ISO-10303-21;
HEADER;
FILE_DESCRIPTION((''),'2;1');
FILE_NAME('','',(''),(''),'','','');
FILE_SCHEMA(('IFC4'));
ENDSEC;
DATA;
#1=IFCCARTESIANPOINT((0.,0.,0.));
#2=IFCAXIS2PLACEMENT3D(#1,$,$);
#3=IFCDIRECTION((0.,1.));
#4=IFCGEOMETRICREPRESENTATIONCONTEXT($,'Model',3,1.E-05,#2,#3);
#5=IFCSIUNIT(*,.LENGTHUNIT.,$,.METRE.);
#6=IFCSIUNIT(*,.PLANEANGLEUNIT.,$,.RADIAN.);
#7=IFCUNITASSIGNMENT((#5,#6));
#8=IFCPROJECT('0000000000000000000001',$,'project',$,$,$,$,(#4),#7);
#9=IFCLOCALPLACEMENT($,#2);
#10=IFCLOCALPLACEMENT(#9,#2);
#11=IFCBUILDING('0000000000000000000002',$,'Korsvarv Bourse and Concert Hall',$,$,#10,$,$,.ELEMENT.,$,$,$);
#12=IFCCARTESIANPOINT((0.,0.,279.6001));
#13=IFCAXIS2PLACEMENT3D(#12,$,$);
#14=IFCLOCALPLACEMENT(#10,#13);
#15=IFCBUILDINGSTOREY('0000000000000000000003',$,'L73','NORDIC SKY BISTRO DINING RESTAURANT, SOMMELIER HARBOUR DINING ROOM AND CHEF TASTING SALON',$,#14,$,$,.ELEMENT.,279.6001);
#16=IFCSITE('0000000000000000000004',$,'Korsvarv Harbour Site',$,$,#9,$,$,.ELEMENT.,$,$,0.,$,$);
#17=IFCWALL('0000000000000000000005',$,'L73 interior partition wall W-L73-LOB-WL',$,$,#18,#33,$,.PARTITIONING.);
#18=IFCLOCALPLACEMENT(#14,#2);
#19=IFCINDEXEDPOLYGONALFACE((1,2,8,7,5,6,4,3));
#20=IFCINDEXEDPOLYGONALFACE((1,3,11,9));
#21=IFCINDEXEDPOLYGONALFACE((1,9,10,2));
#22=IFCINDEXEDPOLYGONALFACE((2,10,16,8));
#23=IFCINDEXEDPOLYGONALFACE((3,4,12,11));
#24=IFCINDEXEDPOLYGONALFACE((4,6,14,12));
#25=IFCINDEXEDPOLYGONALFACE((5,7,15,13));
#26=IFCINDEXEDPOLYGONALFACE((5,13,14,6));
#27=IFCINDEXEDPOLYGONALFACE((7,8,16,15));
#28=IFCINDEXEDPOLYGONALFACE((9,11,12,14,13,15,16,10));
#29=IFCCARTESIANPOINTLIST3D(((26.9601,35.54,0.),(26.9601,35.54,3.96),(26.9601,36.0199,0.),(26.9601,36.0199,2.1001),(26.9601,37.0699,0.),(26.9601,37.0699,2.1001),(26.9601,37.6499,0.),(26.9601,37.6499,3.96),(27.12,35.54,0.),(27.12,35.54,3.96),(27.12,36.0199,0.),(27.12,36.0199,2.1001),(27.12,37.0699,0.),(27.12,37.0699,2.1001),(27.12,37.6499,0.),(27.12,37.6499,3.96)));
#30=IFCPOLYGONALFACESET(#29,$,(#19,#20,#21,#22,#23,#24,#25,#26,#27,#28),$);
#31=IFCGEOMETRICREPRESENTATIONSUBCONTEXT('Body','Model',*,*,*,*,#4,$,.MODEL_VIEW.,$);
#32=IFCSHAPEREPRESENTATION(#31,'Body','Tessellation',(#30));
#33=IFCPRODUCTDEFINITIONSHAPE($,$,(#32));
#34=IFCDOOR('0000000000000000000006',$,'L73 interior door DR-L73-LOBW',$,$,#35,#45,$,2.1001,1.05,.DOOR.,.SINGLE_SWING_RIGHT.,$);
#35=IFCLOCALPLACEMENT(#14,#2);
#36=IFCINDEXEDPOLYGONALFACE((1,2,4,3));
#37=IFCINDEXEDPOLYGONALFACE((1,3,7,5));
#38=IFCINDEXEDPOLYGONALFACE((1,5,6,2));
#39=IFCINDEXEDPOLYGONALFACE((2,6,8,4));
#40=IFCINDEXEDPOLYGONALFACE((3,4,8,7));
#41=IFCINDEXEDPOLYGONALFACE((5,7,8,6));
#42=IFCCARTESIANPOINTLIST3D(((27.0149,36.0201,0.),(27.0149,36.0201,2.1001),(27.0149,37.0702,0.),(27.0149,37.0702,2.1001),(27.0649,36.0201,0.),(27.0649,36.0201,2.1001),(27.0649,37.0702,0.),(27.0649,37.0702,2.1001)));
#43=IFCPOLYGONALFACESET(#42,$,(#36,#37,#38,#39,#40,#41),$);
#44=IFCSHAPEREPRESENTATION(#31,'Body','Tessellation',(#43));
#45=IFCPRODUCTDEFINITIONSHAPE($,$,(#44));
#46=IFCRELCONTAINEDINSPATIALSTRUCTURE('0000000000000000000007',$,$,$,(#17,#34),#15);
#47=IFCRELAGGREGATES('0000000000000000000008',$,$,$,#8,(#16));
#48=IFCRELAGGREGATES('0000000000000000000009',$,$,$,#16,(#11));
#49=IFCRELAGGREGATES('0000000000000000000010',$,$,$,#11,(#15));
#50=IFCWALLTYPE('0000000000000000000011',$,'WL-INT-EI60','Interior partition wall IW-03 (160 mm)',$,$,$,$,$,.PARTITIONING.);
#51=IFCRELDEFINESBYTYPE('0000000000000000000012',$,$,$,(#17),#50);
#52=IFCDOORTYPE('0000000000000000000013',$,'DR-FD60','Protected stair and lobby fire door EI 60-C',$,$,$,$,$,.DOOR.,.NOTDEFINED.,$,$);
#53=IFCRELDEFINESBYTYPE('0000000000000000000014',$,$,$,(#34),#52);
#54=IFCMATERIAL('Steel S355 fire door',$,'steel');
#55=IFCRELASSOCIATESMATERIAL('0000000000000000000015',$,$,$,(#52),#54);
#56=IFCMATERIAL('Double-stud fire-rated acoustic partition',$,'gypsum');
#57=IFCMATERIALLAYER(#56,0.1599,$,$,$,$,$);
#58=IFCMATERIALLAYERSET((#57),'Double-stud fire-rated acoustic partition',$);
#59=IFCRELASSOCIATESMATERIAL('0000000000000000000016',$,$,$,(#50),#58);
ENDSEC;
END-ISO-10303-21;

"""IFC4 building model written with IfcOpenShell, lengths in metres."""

from ifc_helpers import new_model, si_unit, direction, frame, frame_2d, origin, place, context, subcontext, project, spatial, rectangle, extrude, material, layer, layer_set, type_object, element, fill, save


model = new_model("IFC4")

# Units and contexts
model_context = context("Model", 3, precision=1e-05, world=origin(), true_north=direction((0.0, 1.0)))
body_context = subcontext(model_context, "Body", "Model", "MODEL_VIEW")
ifc_project = project(units=[si_unit("LENGTHUNIT", "METRE"), si_unit("PLANEANGLEUNIT", "RADIAN")], contexts=[model_context])

# Site, building, storey
site_placement = place(None, origin())
site = spatial("IfcSite", under=ifc_project, at=site_placement, Name="Korsvarv Harbour Site", CompositionType="ELEMENT", RefElevation=0.0)
building_placement = place(site_placement, origin())
building = spatial("IfcBuilding", under=site, at=building_placement, Name="Korsvarv Bourse and Concert Hall", CompositionType="ELEMENT")
storey_placement = place(building_placement, frame((0.0, 0.0, 279.6001)))
storey = spatial("IfcBuildingStorey", under=building, at=storey_placement, Name="L73", Description="NORDIC SKY BISTRO DINING RESTAURANT, SOMMELIER HARBOUR DINING ROOM AND CHEF TASTING SALON", CompositionType="ELEMENT", Elevation=279.6001)

# Shared definitions
ifc_material_1 = material(Name="Steel S355 fire door", Category="steel")
door_type = type_object("IfcDoorType", Name="DR-FD60", Description="Protected stair and lobby fire door EI 60-C", OperationType="NOTDEFINED", PredefinedType="DOOR", material=ifc_material_1)

# Shared definitions
ifc_material_2 = material(Name="Double-stud fire-rated acoustic partition", Category="gypsum")
ifc_layer_1 = layer(ifc_material_2, 0.1599)
ifc_layer_set_1 = layer_set([ifc_layer_1], Name="Double-stud fire-rated acoustic partition")
wall_type_1 = type_object("IfcWallType", Name="WL-INT-EI60", Description="Interior partition wall IW-03 (160 mm)", PredefinedType="PARTITIONING", material=ifc_layer_set_1)

# Wall, opening, door
wall_1_placement = place(storey_placement, frame((27.04, 35.54, 0.0), z_axis=(0.0, 0.0, 1.0), x_axis=(0.0, 1.0, 0.0)))
wall_1 = element("IfcWall", 1, at=wall_1_placement, inside=storey, type_object=wall_type_1, Name="L73 interior partition wall W-L73-LOB-WL", PredefinedType="PARTITIONING", context=body_context, shape_type="SweptSolid", body=[
    extrude(rectangle(XDim=2.1099, YDim=0.1599, at=frame_2d((1.0549, 0.0))), origin(), (0.0, 0.0, 1.0), 3.96),
])
opening_1_placement = place(wall_1_placement, frame((0.48, 0.0, 0.0)))
opening_1 = element("IfcOpeningElement", 2, at=opening_1_placement, cuts=wall_1, PredefinedType="OPENING", context=body_context, shape_type="SweptSolid", body=[
    extrude(rectangle(XDim=1.05, YDim=2.1001, at=frame_2d((0.5249, 1.05))), frame((0.0, 0.0898, 0.0), z_axis=(0.0, -1.0, 0.0), x_axis=(1.0, 0.0, 0.0)), (0.0, 0.0, 1.0), 0.1799),
])
door_1_placement = place(opening_1_placement, frame((1.05, 0.0, 0.0), z_axis=(0.0, 0.0, 1.0), x_axis=(-1.0, 0.0, 0.0)))
door_1 = element("IfcDoor", 3, at=door_1_placement, inside=storey, type_object=door_type, Name="L73 interior door DR-L73-LOBW", OperationType="SINGLE_SWING_RIGHT", OverallHeight=2.1001, OverallWidth=1.05, PredefinedType="DOOR", context=body_context, shape_type="SweptSolid", body=[
    extrude(rectangle(XDim=1.05, YDim=2.1001, at=frame_2d((0.5249, 1.05))), frame((0.0, 0.0249, 0.0), z_axis=(0.0, -1.0, 0.0), x_axis=(1.0, 0.0, 0.0)), (0.0, 0.0, 1.0), 0.05),
])
fill(opening_1, door_1)

save(model, "model.ifc")
